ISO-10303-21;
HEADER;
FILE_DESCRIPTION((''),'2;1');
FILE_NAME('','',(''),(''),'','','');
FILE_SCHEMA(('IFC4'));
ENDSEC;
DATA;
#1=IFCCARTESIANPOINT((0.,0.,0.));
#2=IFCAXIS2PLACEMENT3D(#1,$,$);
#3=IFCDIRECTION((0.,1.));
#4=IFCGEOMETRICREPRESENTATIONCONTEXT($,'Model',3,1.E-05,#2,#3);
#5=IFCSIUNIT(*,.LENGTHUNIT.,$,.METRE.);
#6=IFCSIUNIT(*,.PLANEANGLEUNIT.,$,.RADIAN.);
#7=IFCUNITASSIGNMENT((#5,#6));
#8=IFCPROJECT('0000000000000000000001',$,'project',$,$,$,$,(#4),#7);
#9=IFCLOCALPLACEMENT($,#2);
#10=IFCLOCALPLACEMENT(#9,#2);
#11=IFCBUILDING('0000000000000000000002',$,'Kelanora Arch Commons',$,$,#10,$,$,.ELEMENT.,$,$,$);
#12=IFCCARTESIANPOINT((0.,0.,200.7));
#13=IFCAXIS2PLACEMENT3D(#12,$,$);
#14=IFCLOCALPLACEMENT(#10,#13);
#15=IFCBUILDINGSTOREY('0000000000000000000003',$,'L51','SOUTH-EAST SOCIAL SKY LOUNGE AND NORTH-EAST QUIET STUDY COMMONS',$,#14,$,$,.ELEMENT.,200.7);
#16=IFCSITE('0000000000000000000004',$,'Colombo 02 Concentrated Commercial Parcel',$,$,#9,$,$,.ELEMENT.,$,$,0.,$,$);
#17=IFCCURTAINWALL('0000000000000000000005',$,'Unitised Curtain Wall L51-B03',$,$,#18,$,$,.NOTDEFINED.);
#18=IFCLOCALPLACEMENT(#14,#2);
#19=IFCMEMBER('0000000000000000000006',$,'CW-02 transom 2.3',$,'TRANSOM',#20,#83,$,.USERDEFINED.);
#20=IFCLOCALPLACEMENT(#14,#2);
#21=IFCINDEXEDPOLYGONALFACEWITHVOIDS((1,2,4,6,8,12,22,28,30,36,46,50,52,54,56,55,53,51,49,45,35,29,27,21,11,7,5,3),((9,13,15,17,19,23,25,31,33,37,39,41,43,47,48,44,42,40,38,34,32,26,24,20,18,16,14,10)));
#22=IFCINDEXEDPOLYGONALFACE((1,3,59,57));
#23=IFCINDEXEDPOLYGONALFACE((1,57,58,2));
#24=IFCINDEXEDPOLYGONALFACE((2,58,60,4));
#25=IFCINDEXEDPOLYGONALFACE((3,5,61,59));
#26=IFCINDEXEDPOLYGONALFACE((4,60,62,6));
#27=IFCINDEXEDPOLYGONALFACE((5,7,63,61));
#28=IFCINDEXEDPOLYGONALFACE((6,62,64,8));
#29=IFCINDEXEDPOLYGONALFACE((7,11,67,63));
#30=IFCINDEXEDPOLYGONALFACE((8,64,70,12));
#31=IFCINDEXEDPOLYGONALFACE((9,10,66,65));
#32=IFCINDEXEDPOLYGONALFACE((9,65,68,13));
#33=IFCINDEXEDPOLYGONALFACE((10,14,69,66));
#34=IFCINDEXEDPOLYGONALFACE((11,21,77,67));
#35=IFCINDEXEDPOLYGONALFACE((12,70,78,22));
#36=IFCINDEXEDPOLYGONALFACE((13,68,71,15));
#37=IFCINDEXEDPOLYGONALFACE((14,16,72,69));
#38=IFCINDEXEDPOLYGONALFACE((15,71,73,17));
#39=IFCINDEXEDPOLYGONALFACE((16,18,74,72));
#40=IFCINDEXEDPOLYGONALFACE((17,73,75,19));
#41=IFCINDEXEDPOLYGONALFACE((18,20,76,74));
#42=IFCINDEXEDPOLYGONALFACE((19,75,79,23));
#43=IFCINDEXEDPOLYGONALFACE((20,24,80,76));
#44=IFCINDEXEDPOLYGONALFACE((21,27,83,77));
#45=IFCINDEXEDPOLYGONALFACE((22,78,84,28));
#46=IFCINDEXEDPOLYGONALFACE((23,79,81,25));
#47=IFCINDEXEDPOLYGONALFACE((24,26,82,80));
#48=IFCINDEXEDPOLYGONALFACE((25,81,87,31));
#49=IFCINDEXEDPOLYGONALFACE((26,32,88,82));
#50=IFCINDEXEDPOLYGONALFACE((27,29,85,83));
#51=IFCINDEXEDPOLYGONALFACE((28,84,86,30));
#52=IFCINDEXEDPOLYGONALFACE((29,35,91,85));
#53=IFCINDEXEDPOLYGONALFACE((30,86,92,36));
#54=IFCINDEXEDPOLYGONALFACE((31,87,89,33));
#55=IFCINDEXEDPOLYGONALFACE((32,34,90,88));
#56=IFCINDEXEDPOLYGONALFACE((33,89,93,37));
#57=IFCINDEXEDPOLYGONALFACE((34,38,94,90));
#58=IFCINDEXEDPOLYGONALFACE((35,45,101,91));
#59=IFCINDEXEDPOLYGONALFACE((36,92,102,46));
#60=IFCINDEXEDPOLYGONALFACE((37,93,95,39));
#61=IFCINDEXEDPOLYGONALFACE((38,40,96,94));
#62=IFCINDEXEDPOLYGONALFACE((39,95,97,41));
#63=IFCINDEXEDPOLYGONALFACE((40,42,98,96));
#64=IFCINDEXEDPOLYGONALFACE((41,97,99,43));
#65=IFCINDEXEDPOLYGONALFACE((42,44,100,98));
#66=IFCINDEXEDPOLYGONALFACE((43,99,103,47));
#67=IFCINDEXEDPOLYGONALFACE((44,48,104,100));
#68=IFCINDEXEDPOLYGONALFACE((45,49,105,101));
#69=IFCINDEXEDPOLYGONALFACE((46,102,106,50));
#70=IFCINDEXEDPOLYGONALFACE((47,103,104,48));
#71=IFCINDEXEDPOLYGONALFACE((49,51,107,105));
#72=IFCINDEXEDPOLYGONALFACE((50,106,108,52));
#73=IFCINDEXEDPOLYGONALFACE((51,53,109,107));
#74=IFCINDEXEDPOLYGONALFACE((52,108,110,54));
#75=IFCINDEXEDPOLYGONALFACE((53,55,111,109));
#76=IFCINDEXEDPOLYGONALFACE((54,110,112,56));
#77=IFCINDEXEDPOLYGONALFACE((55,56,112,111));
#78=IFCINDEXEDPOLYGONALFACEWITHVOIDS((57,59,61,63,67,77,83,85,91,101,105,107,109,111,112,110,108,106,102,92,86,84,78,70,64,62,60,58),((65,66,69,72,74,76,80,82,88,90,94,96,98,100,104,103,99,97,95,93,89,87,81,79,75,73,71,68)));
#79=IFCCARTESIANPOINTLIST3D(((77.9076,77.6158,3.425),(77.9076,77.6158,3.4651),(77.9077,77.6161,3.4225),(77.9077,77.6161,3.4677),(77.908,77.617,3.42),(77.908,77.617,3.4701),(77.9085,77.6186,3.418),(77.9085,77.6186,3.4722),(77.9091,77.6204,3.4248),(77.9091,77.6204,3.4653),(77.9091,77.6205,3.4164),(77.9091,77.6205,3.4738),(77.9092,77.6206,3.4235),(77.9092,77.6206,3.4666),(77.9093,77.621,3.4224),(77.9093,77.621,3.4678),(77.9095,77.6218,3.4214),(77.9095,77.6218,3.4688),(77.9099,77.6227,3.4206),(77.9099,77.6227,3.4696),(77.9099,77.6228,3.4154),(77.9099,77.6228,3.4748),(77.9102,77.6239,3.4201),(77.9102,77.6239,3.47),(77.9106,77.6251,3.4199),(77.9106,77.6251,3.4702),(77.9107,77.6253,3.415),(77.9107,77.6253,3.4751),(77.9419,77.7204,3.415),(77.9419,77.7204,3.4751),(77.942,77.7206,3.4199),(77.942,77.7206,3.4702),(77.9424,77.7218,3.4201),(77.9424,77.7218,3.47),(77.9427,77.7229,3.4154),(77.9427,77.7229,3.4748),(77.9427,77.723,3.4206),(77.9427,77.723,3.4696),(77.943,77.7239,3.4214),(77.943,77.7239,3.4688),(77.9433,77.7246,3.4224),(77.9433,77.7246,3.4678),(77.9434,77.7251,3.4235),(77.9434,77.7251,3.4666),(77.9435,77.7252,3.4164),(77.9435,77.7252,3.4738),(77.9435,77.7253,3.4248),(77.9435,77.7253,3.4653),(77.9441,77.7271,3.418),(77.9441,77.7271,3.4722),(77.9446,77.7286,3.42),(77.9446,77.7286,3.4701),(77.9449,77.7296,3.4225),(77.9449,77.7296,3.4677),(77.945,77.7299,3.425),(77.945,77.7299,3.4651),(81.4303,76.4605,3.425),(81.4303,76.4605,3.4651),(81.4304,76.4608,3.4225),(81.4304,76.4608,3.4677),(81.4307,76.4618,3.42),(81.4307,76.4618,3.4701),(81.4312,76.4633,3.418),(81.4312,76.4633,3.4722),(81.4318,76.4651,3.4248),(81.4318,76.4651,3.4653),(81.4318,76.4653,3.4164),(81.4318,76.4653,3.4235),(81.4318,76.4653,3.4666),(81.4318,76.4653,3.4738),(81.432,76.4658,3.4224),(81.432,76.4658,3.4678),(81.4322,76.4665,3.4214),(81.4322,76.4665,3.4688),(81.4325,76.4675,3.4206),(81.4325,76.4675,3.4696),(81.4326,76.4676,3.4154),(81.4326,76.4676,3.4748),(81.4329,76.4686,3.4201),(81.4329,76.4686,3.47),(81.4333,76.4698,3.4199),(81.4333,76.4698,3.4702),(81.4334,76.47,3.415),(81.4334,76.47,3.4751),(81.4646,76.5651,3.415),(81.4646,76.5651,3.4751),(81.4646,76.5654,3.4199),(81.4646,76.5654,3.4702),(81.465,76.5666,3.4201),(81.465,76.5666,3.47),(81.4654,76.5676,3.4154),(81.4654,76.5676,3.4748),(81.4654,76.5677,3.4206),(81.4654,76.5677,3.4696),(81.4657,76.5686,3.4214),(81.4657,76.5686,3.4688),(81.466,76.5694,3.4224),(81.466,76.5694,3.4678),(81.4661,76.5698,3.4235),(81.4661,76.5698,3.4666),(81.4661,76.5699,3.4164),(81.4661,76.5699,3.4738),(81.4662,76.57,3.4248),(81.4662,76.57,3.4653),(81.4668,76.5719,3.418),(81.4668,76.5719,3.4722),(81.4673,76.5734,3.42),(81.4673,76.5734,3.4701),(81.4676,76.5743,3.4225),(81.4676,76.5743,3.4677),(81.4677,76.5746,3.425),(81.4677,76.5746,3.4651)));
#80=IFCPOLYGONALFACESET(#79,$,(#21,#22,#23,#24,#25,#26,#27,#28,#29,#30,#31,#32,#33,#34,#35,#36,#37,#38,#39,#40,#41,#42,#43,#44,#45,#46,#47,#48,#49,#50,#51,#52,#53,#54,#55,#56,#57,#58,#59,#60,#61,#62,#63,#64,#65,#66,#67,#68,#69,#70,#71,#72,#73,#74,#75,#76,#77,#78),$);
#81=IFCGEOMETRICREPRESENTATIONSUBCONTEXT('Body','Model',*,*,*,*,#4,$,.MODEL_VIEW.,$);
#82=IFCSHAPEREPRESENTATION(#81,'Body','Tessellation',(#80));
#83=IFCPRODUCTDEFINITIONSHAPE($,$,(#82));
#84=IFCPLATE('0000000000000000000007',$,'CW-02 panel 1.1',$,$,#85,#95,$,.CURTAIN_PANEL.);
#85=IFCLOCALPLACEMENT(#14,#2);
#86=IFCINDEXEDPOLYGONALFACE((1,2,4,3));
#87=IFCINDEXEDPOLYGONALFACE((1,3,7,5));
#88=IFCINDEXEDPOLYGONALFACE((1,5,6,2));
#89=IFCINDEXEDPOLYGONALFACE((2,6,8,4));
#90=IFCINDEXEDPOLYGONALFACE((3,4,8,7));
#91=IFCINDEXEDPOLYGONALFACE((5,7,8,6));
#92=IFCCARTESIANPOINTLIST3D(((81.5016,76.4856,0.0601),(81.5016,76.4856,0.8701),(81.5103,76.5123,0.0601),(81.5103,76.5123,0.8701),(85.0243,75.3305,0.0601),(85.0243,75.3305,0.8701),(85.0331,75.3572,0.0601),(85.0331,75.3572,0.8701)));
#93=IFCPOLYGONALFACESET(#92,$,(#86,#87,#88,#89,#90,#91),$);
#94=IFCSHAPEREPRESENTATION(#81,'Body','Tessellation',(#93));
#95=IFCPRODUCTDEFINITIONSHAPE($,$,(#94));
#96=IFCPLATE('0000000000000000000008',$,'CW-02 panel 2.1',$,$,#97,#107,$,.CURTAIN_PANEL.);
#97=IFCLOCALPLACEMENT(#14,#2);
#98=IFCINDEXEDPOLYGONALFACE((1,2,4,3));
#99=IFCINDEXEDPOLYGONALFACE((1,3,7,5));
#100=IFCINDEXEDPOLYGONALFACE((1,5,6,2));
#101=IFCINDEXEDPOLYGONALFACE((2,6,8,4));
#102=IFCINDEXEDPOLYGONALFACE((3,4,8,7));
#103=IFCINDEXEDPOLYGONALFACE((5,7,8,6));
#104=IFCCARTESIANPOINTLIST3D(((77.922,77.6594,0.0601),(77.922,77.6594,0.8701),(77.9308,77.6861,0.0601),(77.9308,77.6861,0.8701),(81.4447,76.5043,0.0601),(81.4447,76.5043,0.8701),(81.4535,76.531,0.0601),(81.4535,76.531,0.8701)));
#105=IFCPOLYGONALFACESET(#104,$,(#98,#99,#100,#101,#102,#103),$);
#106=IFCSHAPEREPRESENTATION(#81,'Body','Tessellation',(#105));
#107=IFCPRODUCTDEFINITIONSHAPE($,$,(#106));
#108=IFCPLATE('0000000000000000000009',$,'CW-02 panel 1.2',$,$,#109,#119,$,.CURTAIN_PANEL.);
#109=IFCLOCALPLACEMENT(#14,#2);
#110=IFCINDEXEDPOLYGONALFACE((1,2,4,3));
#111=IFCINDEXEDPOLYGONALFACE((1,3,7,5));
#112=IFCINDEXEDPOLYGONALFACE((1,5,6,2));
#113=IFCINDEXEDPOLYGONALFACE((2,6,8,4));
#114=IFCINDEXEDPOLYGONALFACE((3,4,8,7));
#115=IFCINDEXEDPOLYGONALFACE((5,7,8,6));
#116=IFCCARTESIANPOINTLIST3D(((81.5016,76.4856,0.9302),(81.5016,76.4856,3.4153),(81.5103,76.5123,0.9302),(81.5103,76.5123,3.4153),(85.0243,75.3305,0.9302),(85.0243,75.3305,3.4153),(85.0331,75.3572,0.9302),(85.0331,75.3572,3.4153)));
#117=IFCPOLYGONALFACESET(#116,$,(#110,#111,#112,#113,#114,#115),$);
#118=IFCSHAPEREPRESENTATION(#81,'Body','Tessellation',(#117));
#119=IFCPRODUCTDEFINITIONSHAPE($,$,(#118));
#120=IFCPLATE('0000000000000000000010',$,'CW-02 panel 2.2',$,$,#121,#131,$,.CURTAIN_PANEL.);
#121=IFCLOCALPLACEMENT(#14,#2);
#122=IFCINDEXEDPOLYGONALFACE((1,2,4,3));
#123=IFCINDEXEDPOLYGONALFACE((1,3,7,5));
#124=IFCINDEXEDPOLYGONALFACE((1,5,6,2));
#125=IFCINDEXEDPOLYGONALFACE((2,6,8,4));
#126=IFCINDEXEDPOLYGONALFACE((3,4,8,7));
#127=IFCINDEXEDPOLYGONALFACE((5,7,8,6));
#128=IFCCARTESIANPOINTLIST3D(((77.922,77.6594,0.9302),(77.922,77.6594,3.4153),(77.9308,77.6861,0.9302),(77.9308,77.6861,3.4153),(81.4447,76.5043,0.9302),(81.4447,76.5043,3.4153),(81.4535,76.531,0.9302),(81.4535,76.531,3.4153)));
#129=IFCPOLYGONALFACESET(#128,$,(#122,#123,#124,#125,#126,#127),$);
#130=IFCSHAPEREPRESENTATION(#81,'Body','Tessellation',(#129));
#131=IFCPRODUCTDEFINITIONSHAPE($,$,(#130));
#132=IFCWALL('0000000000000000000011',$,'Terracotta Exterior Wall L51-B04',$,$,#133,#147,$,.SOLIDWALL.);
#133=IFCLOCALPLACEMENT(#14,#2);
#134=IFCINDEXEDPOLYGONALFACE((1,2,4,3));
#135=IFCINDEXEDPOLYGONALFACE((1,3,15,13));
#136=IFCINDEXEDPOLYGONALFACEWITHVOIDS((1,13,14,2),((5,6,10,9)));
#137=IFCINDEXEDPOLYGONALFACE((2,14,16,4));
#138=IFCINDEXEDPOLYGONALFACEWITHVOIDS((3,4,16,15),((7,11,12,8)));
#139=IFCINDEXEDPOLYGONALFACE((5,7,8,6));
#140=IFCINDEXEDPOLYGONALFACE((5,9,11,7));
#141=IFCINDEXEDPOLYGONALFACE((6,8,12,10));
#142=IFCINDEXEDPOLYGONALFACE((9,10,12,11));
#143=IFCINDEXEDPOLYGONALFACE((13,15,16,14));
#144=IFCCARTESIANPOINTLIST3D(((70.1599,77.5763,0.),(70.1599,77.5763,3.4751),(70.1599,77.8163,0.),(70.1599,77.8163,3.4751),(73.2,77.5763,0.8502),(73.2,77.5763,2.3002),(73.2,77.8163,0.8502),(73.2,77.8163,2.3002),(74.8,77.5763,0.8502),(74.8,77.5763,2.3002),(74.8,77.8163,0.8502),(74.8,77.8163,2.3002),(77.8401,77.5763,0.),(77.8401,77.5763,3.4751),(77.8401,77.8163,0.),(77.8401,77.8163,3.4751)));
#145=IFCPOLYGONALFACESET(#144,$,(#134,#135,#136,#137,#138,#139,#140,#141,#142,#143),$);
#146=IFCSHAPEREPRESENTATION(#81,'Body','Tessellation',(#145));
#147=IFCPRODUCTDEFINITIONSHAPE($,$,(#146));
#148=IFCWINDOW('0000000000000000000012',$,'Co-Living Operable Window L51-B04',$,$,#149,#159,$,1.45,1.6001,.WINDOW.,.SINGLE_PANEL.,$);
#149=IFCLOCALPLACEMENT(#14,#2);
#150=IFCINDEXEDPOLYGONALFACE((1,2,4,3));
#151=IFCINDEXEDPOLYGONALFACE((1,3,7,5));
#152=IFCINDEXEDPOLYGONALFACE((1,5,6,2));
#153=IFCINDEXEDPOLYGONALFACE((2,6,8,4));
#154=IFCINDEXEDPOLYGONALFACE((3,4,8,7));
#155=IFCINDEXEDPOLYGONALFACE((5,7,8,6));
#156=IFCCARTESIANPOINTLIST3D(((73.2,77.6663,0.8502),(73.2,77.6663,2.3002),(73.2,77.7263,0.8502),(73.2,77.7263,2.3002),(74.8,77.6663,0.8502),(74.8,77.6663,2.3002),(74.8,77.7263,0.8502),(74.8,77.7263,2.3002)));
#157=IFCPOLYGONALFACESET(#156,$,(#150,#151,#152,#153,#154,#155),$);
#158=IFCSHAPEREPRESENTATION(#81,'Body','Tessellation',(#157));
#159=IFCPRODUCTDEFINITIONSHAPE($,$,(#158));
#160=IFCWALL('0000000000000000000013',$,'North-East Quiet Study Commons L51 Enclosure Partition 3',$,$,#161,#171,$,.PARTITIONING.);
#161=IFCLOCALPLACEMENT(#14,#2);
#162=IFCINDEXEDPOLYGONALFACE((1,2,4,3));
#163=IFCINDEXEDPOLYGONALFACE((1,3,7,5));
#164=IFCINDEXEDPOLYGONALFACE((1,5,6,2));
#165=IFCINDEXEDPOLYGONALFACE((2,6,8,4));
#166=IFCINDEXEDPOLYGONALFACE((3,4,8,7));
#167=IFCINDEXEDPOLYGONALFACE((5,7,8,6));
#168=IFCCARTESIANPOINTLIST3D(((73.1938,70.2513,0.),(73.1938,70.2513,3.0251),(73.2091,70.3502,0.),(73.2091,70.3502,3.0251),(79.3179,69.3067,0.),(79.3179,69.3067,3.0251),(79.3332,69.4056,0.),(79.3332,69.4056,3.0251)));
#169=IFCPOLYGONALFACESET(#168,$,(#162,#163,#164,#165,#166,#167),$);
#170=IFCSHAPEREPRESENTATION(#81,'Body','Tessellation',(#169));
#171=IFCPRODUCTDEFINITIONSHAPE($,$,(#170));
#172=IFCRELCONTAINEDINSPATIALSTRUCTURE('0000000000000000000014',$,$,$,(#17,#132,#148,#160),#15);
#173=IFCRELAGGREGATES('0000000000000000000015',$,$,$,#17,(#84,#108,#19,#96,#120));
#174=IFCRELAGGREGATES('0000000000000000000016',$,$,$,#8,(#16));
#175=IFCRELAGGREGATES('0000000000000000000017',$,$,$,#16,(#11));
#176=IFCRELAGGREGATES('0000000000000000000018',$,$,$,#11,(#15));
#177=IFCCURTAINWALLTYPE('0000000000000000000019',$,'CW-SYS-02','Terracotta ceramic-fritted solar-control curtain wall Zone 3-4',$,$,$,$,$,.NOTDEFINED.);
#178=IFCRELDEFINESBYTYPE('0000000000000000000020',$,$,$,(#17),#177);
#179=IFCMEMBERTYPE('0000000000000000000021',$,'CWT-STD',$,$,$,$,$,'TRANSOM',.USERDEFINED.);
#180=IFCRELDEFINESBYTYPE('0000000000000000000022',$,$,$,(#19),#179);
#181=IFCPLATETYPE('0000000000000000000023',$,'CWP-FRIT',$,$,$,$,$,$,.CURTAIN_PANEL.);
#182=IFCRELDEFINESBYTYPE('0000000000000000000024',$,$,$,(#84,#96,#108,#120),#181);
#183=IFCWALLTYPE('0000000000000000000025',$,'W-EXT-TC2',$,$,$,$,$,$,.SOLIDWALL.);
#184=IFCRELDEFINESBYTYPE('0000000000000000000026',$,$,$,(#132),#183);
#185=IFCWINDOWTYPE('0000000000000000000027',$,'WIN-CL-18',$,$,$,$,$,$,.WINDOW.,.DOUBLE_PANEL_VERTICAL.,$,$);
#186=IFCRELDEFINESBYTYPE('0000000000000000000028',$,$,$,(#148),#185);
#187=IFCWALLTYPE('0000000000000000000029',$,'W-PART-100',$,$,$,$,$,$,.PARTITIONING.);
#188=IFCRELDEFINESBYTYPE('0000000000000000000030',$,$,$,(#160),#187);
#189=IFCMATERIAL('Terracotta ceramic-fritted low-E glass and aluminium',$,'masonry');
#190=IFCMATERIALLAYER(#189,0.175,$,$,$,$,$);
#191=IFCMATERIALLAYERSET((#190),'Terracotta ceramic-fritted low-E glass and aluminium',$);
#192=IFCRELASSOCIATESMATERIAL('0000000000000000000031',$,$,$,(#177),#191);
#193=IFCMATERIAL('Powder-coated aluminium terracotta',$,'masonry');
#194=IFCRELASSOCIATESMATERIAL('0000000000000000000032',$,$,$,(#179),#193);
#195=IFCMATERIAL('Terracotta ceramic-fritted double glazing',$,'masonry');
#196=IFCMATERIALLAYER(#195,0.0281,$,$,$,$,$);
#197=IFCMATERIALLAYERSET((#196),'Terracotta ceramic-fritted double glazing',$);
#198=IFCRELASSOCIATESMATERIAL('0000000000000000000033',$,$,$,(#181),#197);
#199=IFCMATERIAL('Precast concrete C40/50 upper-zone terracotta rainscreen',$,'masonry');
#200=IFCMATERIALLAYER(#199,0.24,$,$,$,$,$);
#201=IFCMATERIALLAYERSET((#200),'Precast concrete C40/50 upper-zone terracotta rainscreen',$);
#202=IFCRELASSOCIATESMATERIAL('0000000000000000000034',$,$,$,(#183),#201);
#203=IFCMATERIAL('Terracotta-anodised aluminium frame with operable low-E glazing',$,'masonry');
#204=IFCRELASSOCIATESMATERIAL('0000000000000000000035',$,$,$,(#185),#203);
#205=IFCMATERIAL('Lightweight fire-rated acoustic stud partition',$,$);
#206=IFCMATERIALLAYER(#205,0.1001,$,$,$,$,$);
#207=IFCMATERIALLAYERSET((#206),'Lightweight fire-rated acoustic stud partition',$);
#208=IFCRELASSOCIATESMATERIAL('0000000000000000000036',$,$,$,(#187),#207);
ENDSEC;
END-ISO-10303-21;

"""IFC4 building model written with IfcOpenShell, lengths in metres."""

from ifc_helpers import new_model, si_unit, direction, frame, frame_2d, origin, origin_2d, place, context, subcontext, project, spatial, rectangle, hollow_rectangle, extrude, source, transform, mapped, material, layer, layer_set, material_profile, profile_set, type_object, element, fill, aggregate, save


model = new_model("IFC4")

# Units and contexts
model_context = context("Model", 3, precision=1e-05, world=origin(), true_north=direction((0.0, 1.0)))
body_context = subcontext(model_context, "Body", "Model", "MODEL_VIEW")
ifc_project = project(units=[si_unit("LENGTHUNIT", "METRE"), si_unit("PLANEANGLEUNIT", "RADIAN")], contexts=[model_context])

# Site, building, storey
site_placement = place(None, origin())
site = spatial("IfcSite", under=ifc_project, at=site_placement, Name="Colombo 02 Concentrated Commercial Parcel", CompositionType="ELEMENT", RefElevation=0.0)
building_placement = place(site_placement, origin())
building = spatial("IfcBuilding", under=site, at=building_placement, Name="Kelanora Arch Commons", CompositionType="ELEMENT")
storey_placement = place(building_placement, frame((0.0, 0.0, 200.7)))
storey = spatial("IfcBuildingStorey", under=building, at=storey_placement, Name="L51", Description="SOUTH-EAST SOCIAL SKY LOUNGE AND NORTH-EAST QUIET STUDY COMMONS", CompositionType="ELEMENT", Elevation=200.7)

# Curtain wall, member, plates
ifc_material_1 = material(Name="Terracotta ceramic-fritted low-E glass and aluminium", Category="masonry")
ifc_layer_1 = layer(ifc_material_1, 0.175)
ifc_layer_set_1 = layer_set([ifc_layer_1], Name="Terracotta ceramic-fritted low-E glass and aluminium")
curtain_wall_type = type_object("IfcCurtainWallType", Name="CW-SYS-02", Description="Terracotta ceramic-fritted solar-control curtain wall Zone 3-4", PredefinedType="NOTDEFINED", material=ifc_layer_set_1)
curtain_wall_placement = place(storey_placement, origin())
curtain_wall = element("IfcCurtainWall", 1, at=curtain_wall_placement, inside=storey, type_object=curtain_wall_type, Name="Unitised Curtain Wall L51-B03", PredefinedType="NOTDEFINED")
ifc_material_2 = material(Name="Powder-coated aluminium terracotta", Category="masonry")
ifc_material_profile_1 = material_profile(ifc_material_2, hollow_rectangle(XDim=0.1201, YDim=0.0601, WallThickness=0.0049, InnerFilletRadius=0.0049, OuterFilletRadius=0.01, at=origin_2d()), Name="CWT120x60")
ifc_profile_set_1 = profile_set([ifc_material_profile_1], Name="Powder-coated aluminium terracotta")
member_type_1 = type_object("IfcMemberType", Name="CWT-STD", ElementType="TRANSOM", PredefinedType="USERDEFINED", material=ifc_profile_set_1)
member_1_placement = place(storey_placement, frame((81.449, 76.5176, 3.4451), z_axis=(-0.950207, 0.311621, 0.0), x_axis=(-0.311621, -0.950207, 0.0)))
member_1 = element("IfcMember", 2, at=member_1_placement, type_object=member_type_1, Name="CW-02 transom 2.3", ObjectType="TRANSOM", PredefinedType="USERDEFINED", context=body_context, shape_type="SweptSolid", body=[
    extrude(hollow_rectangle(XDim=0.1201, YDim=0.0601, WallThickness=0.0049, InnerFilletRadius=0.0049, OuterFilletRadius=0.01, at=origin_2d()), origin(), (0.0, 0.0, 1.0), 3.7073),
])
ifc_material_3 = material(Name="Terracotta ceramic-fritted double glazing", Category="masonry")
ifc_layer_2 = layer(ifc_material_3, 0.0281)
ifc_layer_set_2 = layer_set([ifc_layer_2], Name="Terracotta ceramic-fritted double glazing")
plate_type = type_object("IfcPlateType", Name="CWP-FRIT", PredefinedType="CURTAIN_PANEL", material=ifc_layer_set_2)
shared_shape_1 = source(origin(), body_context, "Body", "SweptSolid", [
    extrude(rectangle(XDim=3.7073, YDim=0.0281, at=origin_2d()), origin(), (0.0, 0.0, 1.0), 0.8101),
])
plate_1_placement = place(storey_placement, frame((83.2673, 75.9214, 0.0601), z_axis=(0.0, 0.0, 1.0), x_axis=(-0.950219, 0.311582, 0.0)))
plate_1 = element("IfcPlate", 3, at=plate_1_placement, type_object=plate_type, Name="CW-02 panel 1.1", PredefinedType="CURTAIN_PANEL", context=body_context, shape_type="MappedRepresentation", body=[
    mapped(shared_shape_1, transform((0.0, 0.0, 0.0), scale=1.0)),
])
plate_2_placement = place(storey_placement, frame((79.6877, 77.0952, 0.0601), z_axis=(0.0, 0.0, 1.0), x_axis=(-0.950219, 0.311582, 0.0)))
plate_2 = element("IfcPlate", 4, at=plate_2_placement, type_object=plate_type, Name="CW-02 panel 2.1", PredefinedType="CURTAIN_PANEL", context=body_context, shape_type="MappedRepresentation", body=[
    mapped(shared_shape_1, transform((0.0, 0.0, 0.0), scale=1.0)),
])
shared_shape_2 = source(origin(), body_context, "Body", "SweptSolid", [
    extrude(rectangle(XDim=3.7073, YDim=0.0281, at=origin_2d()), origin(), (0.0, 0.0, 1.0), 2.4851),
])
plate_3_placement = place(storey_placement, frame((83.2673, 75.9214, 0.9302), z_axis=(0.0, 0.0, 1.0), x_axis=(-0.950219, 0.311582, 0.0)))
plate_3 = element("IfcPlate", 5, at=plate_3_placement, type_object=plate_type, Name="CW-02 panel 1.2", PredefinedType="CURTAIN_PANEL", context=body_context, shape_type="MappedRepresentation", body=[
    mapped(shared_shape_2, transform((0.0, 0.0, 0.0), scale=1.0)),
])
plate_4_placement = place(storey_placement, frame((79.6877, 77.0952, 0.9302), z_axis=(0.0, 0.0, 1.0), x_axis=(-0.950219, 0.311582, 0.0)))
plate_4 = element("IfcPlate", 6, at=plate_4_placement, type_object=plate_type, Name="CW-02 panel 2.2", PredefinedType="CURTAIN_PANEL", context=body_context, shape_type="MappedRepresentation", body=[
    mapped(shared_shape_2, transform((0.0, 0.0, 0.0), scale=1.0)),
])
aggregate(curtain_wall, [plate_1, plate_3, member_1, plate_2, plate_4])

# Wall, opening, window
ifc_material_4 = material(Name="Precast concrete C40/50 upper-zone terracotta rainscreen", Category="masonry")
ifc_layer_3 = layer(ifc_material_4, 0.24)
ifc_layer_set_3 = layer_set([ifc_layer_3], Name="Precast concrete C40/50 upper-zone terracotta rainscreen")
wall_type_1 = type_object("IfcWallType", Name="W-EXT-TC2", PredefinedType="SOLIDWALL", material=ifc_layer_set_3)
wall_1_placement = place(storey_placement, frame((77.8401, 77.6963, 0.0), z_axis=(0.0, 0.0, 1.0), x_axis=(-1.0, 0.0, 0.0)))
wall_1 = element("IfcWall", 7, at=wall_1_placement, inside=storey, type_object=wall_type_1, Name="Terracotta Exterior Wall L51-B04", PredefinedType="SOLIDWALL", context=body_context, shape_type="SweptSolid", body=[
    extrude(rectangle(XDim=7.6802, YDim=0.24, at=frame_2d((3.8401, 0.0))), origin(), (0.0, 0.0, 1.0), 3.4751),
])
opening_1_placement = place(wall_1_placement, frame((3.04, 0.0, 0.8501)))
opening_1 = element("IfcOpeningElement", 8, at=opening_1_placement, cuts=wall_1, PredefinedType="OPENING", context=body_context, shape_type="SweptSolid", body=[
    extrude(rectangle(XDim=1.6001, YDim=1.45, at=frame_2d((0.8, 0.7251))), frame((0.0, 0.1299, 0.0), z_axis=(0.0, -1.0, 0.0), x_axis=(1.0, 0.0, 0.0)), (0.0, 0.0, 1.0), 0.26),
])
ifc_material_5 = material(Name="Terracotta-anodised aluminium frame with operable low-E glazing", Category="masonry")
window_type = type_object("IfcWindowType", Name="WIN-CL-18", PartitioningType="DOUBLE_PANEL_VERTICAL", PredefinedType="WINDOW", material=ifc_material_5)
window_placement = place(opening_1_placement, origin())
window = element("IfcWindow", 9, at=window_placement, inside=storey, type_object=window_type, Name="Co-Living Operable Window L51-B04", OverallHeight=1.45, OverallWidth=1.6001, PartitioningType="SINGLE_PANEL", PredefinedType="WINDOW", context=body_context, shape_type="SweptSolid", body=[
    extrude(rectangle(XDim=1.6001, YDim=1.45, at=frame_2d((0.8, 0.7251))), frame((0.0, 0.03, 0.0), z_axis=(0.0, -1.0, 0.0), x_axis=(1.0, 0.0, 0.0)), (0.0, 0.0, 1.0), 0.0601),
])
fill(opening_1, window)

# Wall
ifc_material_6 = material(Name="Lightweight fire-rated acoustic stud partition")
ifc_layer_4 = layer(ifc_material_6, 0.1001)
ifc_layer_set_4 = layer_set([ifc_layer_4], Name="Lightweight fire-rated acoustic stud partition")
wall_type_2 = type_object("IfcWallType", Name="W-PART-100", PredefinedType="PARTITIONING", material=ifc_layer_set_4)
wall_2_placement = place(storey_placement, frame((79.3254, 69.3562, 0.0), z_axis=(0.0, 0.0, 1.0), x_axis=(-0.988313, 0.152439, 0.0)))
element("IfcWall", 10, at=wall_2_placement, inside=storey, type_object=wall_type_2, Name="North-East Quiet Study Commons L51 Enclosure Partition 3", PredefinedType="PARTITIONING", context=body_context, shape_type="SweptSolid", body=[
    extrude(rectangle(XDim=6.1965, YDim=0.1001, at=frame_2d((3.0981, 0.0))), origin(), (0.0, 0.0, 1.0), 3.0251),
])

save(model, "model.ifc")
